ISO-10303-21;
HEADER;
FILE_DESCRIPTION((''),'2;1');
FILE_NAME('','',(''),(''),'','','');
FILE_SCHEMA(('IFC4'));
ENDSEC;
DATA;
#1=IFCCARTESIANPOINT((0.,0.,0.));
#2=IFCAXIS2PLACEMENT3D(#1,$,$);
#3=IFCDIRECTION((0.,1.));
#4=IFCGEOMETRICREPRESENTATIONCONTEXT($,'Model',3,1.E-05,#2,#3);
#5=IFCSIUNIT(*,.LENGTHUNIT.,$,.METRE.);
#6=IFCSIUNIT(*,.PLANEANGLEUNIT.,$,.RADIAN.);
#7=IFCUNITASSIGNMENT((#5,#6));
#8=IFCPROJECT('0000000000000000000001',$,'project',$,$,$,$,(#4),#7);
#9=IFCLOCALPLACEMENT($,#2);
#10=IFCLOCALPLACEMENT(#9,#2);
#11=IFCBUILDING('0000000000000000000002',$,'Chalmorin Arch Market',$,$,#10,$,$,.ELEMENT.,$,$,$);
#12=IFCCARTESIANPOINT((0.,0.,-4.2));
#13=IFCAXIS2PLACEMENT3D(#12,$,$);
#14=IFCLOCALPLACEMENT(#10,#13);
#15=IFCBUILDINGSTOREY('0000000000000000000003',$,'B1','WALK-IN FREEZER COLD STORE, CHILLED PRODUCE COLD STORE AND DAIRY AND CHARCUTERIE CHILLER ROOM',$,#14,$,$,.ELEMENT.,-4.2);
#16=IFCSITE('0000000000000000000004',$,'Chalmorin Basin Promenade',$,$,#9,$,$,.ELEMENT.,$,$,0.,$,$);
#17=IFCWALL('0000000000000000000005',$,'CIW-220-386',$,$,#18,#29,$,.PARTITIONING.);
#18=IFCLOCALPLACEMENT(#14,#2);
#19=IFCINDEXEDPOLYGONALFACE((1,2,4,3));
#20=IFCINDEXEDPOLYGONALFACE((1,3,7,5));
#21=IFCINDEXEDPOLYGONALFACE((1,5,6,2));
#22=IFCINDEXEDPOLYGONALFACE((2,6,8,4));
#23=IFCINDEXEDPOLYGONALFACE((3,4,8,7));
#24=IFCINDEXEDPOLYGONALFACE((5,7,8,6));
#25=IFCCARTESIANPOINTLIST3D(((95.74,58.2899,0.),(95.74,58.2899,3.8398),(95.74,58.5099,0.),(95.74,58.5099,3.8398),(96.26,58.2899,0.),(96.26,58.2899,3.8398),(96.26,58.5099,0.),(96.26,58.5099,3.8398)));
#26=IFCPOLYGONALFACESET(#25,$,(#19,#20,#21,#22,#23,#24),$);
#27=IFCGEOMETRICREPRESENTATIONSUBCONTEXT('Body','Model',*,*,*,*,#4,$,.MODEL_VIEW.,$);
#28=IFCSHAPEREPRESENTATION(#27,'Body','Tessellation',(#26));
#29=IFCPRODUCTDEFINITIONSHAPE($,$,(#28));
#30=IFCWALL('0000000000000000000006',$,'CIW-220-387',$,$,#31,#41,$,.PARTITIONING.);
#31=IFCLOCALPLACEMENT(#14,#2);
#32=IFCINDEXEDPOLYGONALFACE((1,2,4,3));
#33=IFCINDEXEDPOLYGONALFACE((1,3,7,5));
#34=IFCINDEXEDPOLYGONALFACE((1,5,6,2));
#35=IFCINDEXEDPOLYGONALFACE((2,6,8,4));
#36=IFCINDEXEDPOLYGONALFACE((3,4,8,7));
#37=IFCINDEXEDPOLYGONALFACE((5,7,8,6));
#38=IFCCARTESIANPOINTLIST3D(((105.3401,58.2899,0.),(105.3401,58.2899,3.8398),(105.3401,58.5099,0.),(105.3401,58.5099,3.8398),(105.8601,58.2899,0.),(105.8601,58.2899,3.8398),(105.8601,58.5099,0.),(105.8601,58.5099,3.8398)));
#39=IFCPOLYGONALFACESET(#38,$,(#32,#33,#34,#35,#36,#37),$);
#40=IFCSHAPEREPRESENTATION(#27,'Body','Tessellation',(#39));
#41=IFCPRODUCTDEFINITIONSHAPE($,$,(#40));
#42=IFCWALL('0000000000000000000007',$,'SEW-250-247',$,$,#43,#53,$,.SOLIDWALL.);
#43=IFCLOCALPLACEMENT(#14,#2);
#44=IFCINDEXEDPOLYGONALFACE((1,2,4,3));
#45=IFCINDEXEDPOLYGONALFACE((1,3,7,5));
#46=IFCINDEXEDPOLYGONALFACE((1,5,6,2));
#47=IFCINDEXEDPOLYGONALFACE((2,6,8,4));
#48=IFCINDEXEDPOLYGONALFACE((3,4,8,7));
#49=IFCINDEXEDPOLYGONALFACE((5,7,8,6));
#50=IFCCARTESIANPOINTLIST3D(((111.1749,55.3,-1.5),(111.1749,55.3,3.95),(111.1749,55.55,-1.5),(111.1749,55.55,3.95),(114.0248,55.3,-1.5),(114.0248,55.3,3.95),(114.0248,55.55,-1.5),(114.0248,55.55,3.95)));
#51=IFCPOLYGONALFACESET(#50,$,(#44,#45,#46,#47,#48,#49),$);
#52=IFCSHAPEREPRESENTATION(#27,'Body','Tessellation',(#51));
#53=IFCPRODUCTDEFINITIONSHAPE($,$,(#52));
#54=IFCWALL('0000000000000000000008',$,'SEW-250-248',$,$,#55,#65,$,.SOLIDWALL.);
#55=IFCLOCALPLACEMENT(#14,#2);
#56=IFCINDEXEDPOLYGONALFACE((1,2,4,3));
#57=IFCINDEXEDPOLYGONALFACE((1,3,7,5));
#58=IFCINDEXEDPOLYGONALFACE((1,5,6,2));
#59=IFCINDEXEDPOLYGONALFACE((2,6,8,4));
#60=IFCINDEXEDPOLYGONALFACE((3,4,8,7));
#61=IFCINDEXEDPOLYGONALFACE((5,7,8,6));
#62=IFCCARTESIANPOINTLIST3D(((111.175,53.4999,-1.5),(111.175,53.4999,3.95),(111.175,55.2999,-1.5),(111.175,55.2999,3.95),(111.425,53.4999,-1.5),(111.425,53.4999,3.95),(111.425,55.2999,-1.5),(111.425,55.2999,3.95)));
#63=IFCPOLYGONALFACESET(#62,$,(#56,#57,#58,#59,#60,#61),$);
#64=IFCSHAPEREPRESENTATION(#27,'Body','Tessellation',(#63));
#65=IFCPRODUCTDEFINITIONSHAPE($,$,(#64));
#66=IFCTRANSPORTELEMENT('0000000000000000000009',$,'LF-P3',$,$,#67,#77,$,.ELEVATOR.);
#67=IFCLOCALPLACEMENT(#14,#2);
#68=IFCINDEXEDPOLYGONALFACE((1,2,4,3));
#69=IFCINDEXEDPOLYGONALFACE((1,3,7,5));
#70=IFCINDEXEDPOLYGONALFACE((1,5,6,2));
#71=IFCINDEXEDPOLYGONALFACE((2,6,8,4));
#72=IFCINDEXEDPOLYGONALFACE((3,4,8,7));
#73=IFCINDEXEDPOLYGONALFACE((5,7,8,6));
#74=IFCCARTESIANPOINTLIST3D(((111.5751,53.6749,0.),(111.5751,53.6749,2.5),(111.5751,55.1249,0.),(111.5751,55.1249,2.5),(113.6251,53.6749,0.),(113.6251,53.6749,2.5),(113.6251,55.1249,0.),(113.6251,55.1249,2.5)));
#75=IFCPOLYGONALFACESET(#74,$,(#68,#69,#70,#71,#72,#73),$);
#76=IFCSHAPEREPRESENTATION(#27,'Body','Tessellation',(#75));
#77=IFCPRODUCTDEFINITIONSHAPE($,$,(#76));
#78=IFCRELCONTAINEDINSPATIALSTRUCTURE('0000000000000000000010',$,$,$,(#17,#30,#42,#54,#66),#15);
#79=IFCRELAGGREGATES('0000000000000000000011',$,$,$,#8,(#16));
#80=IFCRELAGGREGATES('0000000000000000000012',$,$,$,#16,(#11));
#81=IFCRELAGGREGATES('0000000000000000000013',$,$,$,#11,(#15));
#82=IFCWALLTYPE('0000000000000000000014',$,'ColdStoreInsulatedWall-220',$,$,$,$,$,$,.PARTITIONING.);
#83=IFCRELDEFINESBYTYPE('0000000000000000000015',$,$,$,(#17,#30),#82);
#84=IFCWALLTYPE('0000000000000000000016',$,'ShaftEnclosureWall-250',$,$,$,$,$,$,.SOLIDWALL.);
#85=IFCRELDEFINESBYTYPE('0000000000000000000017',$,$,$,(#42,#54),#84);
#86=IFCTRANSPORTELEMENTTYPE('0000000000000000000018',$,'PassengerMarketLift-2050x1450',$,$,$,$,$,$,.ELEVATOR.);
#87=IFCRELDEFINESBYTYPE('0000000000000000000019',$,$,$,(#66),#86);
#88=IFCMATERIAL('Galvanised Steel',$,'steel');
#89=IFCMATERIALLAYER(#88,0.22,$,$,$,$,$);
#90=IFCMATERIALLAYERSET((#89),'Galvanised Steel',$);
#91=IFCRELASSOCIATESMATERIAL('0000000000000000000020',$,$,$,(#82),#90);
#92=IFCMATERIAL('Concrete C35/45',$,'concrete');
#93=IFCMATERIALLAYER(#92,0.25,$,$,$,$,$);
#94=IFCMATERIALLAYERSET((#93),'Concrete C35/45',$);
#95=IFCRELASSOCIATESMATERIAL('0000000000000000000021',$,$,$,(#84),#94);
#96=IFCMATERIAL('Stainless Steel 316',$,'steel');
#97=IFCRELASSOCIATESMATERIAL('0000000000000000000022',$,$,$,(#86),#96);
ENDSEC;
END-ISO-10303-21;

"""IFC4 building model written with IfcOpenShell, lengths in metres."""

from ifc_helpers import new_model, si_unit, direction, frame, frame_2d, origin, origin_2d, place, context, subcontext, project, spatial, rectangle, extrude, material, layer, layer_set, type_object, element, save


model = new_model("IFC4")

# Units and contexts
model_context = context("Model", 3, precision=1e-05, world=origin(), true_north=direction((0.0, 1.0)))
body_context = subcontext(model_context, "Body", "Model", "MODEL_VIEW")
ifc_project = project(units=[si_unit("LENGTHUNIT", "METRE"), si_unit("PLANEANGLEUNIT", "RADIAN")], contexts=[model_context])

# Site, building, storey
site_placement = place(None, origin())
site = spatial("IfcSite", under=ifc_project, at=site_placement, Name="Chalmorin Basin Promenade", CompositionType="ELEMENT", RefElevation=0.0)
building_placement = place(site_placement, origin())
building = spatial("IfcBuilding", under=site, at=building_placement, Name="Chalmorin Arch Market", CompositionType="ELEMENT")
storey_placement = place(building_placement, frame((0.0, 0.0, -4.2)))
storey = spatial("IfcBuildingStorey", under=building, at=storey_placement, Name="B1", Description="WALK-IN FREEZER COLD STORE, CHILLED PRODUCE COLD STORE AND DAIRY AND CHARCUTERIE CHILLER ROOM", CompositionType="ELEMENT", Elevation=-4.2)

# Walls
ifc_material_1 = material(Name="Galvanised Steel", Category="steel")
ifc_layer_1 = layer(ifc_material_1, 0.22)
ifc_layer_set_1 = layer_set([ifc_layer_1], Name="Galvanised Steel")
wall_type_1 = type_object("IfcWallType", Name="ColdStoreInsulatedWall-220", PredefinedType="PARTITIONING", material=ifc_layer_set_1)
for number, where, z_axis, x_axis, name in (
    (1, (95.74, 58.3999, 0.0), (0.0, 0.0, 1.0), (1.0, 0.0, 0.0), "CIW-220-386"),
    (2, (105.3401, 58.3999, 0.0), (0.0, 0.0, 1.0), (1.0, 0.0, 0.0), "CIW-220-387"),
):
    element("IfcWall", number, at=place(storey_placement, frame(where, z_axis=z_axis, x_axis=x_axis)), inside=storey, type_object=wall_type_1, Name=name, PredefinedType="PARTITIONING", context=body_context, shape_type="SweptSolid", body=[
        extrude(rectangle(XDim=0.52, YDim=0.22, at=frame_2d((0.26, 0.0))), origin(), (0.0, 0.0, 1.0), 3.8398),
    ])
ifc_material_2 = material(Name="Concrete C35/45", Category="concrete")
ifc_layer_2 = layer(ifc_material_2, 0.25)
ifc_layer_set_2 = layer_set([ifc_layer_2], Name="Concrete C35/45")
wall_type_2 = type_object("IfcWallType", Name="ShaftEnclosureWall-250", PredefinedType="SOLIDWALL", material=ifc_layer_set_2)
wall_1_placement = place(storey_placement, frame((111.175, 55.425, -1.5), z_axis=(0.0, 0.0, 1.0), x_axis=(1.0, 0.0, 0.0)))
element("IfcWall", 3, at=wall_1_placement, inside=storey, type_object=wall_type_2, Name="SEW-250-247", PredefinedType="SOLIDWALL", context=body_context, shape_type="SweptSolid", body=[
    extrude(rectangle(XDim=2.8499, YDim=0.25, at=frame_2d((1.4248, 0.0))), origin(), (0.0, 0.0, 1.0), 5.45),
])
wall_2_placement = place(storey_placement, frame((111.3, 53.5, -1.5), z_axis=(0.0, 0.0, 1.0), x_axis=(0.0, 1.0, 0.0)))
element("IfcWall", 4, at=wall_2_placement, inside=storey, type_object=wall_type_2, Name="SEW-250-248", PredefinedType="SOLIDWALL", context=body_context, shape_type="SweptSolid", body=[
    extrude(rectangle(XDim=1.8, YDim=0.25, at=frame_2d((0.8999, 0.0))), origin(), (0.0, 0.0, 1.0), 5.45),
])

# Transport element
ifc_material_3 = material(Name="Stainless Steel 316", Category="steel")
transport_element_type = type_object("IfcTransportElementType", Name="PassengerMarketLift-2050x1450", PredefinedType="ELEVATOR", material=ifc_material_3)
transport_element_placement = place(storey_placement, frame((112.6001, 54.3999, 0.0), z_axis=(0.0, 0.0, 1.0), x_axis=(1.0, 0.0, 0.0)))
element("IfcTransportElement", 5, at=transport_element_placement, inside=storey, type_object=transport_element_type, Name="LF-P3", PredefinedType="ELEVATOR", context=body_context, shape_type="SweptSolid", body=[
    extrude(rectangle(XDim=2.05, YDim=1.45, at=origin_2d()), origin(), (0.0, 0.0, 1.0), 2.5),
])

save(model, "model.ifc")
